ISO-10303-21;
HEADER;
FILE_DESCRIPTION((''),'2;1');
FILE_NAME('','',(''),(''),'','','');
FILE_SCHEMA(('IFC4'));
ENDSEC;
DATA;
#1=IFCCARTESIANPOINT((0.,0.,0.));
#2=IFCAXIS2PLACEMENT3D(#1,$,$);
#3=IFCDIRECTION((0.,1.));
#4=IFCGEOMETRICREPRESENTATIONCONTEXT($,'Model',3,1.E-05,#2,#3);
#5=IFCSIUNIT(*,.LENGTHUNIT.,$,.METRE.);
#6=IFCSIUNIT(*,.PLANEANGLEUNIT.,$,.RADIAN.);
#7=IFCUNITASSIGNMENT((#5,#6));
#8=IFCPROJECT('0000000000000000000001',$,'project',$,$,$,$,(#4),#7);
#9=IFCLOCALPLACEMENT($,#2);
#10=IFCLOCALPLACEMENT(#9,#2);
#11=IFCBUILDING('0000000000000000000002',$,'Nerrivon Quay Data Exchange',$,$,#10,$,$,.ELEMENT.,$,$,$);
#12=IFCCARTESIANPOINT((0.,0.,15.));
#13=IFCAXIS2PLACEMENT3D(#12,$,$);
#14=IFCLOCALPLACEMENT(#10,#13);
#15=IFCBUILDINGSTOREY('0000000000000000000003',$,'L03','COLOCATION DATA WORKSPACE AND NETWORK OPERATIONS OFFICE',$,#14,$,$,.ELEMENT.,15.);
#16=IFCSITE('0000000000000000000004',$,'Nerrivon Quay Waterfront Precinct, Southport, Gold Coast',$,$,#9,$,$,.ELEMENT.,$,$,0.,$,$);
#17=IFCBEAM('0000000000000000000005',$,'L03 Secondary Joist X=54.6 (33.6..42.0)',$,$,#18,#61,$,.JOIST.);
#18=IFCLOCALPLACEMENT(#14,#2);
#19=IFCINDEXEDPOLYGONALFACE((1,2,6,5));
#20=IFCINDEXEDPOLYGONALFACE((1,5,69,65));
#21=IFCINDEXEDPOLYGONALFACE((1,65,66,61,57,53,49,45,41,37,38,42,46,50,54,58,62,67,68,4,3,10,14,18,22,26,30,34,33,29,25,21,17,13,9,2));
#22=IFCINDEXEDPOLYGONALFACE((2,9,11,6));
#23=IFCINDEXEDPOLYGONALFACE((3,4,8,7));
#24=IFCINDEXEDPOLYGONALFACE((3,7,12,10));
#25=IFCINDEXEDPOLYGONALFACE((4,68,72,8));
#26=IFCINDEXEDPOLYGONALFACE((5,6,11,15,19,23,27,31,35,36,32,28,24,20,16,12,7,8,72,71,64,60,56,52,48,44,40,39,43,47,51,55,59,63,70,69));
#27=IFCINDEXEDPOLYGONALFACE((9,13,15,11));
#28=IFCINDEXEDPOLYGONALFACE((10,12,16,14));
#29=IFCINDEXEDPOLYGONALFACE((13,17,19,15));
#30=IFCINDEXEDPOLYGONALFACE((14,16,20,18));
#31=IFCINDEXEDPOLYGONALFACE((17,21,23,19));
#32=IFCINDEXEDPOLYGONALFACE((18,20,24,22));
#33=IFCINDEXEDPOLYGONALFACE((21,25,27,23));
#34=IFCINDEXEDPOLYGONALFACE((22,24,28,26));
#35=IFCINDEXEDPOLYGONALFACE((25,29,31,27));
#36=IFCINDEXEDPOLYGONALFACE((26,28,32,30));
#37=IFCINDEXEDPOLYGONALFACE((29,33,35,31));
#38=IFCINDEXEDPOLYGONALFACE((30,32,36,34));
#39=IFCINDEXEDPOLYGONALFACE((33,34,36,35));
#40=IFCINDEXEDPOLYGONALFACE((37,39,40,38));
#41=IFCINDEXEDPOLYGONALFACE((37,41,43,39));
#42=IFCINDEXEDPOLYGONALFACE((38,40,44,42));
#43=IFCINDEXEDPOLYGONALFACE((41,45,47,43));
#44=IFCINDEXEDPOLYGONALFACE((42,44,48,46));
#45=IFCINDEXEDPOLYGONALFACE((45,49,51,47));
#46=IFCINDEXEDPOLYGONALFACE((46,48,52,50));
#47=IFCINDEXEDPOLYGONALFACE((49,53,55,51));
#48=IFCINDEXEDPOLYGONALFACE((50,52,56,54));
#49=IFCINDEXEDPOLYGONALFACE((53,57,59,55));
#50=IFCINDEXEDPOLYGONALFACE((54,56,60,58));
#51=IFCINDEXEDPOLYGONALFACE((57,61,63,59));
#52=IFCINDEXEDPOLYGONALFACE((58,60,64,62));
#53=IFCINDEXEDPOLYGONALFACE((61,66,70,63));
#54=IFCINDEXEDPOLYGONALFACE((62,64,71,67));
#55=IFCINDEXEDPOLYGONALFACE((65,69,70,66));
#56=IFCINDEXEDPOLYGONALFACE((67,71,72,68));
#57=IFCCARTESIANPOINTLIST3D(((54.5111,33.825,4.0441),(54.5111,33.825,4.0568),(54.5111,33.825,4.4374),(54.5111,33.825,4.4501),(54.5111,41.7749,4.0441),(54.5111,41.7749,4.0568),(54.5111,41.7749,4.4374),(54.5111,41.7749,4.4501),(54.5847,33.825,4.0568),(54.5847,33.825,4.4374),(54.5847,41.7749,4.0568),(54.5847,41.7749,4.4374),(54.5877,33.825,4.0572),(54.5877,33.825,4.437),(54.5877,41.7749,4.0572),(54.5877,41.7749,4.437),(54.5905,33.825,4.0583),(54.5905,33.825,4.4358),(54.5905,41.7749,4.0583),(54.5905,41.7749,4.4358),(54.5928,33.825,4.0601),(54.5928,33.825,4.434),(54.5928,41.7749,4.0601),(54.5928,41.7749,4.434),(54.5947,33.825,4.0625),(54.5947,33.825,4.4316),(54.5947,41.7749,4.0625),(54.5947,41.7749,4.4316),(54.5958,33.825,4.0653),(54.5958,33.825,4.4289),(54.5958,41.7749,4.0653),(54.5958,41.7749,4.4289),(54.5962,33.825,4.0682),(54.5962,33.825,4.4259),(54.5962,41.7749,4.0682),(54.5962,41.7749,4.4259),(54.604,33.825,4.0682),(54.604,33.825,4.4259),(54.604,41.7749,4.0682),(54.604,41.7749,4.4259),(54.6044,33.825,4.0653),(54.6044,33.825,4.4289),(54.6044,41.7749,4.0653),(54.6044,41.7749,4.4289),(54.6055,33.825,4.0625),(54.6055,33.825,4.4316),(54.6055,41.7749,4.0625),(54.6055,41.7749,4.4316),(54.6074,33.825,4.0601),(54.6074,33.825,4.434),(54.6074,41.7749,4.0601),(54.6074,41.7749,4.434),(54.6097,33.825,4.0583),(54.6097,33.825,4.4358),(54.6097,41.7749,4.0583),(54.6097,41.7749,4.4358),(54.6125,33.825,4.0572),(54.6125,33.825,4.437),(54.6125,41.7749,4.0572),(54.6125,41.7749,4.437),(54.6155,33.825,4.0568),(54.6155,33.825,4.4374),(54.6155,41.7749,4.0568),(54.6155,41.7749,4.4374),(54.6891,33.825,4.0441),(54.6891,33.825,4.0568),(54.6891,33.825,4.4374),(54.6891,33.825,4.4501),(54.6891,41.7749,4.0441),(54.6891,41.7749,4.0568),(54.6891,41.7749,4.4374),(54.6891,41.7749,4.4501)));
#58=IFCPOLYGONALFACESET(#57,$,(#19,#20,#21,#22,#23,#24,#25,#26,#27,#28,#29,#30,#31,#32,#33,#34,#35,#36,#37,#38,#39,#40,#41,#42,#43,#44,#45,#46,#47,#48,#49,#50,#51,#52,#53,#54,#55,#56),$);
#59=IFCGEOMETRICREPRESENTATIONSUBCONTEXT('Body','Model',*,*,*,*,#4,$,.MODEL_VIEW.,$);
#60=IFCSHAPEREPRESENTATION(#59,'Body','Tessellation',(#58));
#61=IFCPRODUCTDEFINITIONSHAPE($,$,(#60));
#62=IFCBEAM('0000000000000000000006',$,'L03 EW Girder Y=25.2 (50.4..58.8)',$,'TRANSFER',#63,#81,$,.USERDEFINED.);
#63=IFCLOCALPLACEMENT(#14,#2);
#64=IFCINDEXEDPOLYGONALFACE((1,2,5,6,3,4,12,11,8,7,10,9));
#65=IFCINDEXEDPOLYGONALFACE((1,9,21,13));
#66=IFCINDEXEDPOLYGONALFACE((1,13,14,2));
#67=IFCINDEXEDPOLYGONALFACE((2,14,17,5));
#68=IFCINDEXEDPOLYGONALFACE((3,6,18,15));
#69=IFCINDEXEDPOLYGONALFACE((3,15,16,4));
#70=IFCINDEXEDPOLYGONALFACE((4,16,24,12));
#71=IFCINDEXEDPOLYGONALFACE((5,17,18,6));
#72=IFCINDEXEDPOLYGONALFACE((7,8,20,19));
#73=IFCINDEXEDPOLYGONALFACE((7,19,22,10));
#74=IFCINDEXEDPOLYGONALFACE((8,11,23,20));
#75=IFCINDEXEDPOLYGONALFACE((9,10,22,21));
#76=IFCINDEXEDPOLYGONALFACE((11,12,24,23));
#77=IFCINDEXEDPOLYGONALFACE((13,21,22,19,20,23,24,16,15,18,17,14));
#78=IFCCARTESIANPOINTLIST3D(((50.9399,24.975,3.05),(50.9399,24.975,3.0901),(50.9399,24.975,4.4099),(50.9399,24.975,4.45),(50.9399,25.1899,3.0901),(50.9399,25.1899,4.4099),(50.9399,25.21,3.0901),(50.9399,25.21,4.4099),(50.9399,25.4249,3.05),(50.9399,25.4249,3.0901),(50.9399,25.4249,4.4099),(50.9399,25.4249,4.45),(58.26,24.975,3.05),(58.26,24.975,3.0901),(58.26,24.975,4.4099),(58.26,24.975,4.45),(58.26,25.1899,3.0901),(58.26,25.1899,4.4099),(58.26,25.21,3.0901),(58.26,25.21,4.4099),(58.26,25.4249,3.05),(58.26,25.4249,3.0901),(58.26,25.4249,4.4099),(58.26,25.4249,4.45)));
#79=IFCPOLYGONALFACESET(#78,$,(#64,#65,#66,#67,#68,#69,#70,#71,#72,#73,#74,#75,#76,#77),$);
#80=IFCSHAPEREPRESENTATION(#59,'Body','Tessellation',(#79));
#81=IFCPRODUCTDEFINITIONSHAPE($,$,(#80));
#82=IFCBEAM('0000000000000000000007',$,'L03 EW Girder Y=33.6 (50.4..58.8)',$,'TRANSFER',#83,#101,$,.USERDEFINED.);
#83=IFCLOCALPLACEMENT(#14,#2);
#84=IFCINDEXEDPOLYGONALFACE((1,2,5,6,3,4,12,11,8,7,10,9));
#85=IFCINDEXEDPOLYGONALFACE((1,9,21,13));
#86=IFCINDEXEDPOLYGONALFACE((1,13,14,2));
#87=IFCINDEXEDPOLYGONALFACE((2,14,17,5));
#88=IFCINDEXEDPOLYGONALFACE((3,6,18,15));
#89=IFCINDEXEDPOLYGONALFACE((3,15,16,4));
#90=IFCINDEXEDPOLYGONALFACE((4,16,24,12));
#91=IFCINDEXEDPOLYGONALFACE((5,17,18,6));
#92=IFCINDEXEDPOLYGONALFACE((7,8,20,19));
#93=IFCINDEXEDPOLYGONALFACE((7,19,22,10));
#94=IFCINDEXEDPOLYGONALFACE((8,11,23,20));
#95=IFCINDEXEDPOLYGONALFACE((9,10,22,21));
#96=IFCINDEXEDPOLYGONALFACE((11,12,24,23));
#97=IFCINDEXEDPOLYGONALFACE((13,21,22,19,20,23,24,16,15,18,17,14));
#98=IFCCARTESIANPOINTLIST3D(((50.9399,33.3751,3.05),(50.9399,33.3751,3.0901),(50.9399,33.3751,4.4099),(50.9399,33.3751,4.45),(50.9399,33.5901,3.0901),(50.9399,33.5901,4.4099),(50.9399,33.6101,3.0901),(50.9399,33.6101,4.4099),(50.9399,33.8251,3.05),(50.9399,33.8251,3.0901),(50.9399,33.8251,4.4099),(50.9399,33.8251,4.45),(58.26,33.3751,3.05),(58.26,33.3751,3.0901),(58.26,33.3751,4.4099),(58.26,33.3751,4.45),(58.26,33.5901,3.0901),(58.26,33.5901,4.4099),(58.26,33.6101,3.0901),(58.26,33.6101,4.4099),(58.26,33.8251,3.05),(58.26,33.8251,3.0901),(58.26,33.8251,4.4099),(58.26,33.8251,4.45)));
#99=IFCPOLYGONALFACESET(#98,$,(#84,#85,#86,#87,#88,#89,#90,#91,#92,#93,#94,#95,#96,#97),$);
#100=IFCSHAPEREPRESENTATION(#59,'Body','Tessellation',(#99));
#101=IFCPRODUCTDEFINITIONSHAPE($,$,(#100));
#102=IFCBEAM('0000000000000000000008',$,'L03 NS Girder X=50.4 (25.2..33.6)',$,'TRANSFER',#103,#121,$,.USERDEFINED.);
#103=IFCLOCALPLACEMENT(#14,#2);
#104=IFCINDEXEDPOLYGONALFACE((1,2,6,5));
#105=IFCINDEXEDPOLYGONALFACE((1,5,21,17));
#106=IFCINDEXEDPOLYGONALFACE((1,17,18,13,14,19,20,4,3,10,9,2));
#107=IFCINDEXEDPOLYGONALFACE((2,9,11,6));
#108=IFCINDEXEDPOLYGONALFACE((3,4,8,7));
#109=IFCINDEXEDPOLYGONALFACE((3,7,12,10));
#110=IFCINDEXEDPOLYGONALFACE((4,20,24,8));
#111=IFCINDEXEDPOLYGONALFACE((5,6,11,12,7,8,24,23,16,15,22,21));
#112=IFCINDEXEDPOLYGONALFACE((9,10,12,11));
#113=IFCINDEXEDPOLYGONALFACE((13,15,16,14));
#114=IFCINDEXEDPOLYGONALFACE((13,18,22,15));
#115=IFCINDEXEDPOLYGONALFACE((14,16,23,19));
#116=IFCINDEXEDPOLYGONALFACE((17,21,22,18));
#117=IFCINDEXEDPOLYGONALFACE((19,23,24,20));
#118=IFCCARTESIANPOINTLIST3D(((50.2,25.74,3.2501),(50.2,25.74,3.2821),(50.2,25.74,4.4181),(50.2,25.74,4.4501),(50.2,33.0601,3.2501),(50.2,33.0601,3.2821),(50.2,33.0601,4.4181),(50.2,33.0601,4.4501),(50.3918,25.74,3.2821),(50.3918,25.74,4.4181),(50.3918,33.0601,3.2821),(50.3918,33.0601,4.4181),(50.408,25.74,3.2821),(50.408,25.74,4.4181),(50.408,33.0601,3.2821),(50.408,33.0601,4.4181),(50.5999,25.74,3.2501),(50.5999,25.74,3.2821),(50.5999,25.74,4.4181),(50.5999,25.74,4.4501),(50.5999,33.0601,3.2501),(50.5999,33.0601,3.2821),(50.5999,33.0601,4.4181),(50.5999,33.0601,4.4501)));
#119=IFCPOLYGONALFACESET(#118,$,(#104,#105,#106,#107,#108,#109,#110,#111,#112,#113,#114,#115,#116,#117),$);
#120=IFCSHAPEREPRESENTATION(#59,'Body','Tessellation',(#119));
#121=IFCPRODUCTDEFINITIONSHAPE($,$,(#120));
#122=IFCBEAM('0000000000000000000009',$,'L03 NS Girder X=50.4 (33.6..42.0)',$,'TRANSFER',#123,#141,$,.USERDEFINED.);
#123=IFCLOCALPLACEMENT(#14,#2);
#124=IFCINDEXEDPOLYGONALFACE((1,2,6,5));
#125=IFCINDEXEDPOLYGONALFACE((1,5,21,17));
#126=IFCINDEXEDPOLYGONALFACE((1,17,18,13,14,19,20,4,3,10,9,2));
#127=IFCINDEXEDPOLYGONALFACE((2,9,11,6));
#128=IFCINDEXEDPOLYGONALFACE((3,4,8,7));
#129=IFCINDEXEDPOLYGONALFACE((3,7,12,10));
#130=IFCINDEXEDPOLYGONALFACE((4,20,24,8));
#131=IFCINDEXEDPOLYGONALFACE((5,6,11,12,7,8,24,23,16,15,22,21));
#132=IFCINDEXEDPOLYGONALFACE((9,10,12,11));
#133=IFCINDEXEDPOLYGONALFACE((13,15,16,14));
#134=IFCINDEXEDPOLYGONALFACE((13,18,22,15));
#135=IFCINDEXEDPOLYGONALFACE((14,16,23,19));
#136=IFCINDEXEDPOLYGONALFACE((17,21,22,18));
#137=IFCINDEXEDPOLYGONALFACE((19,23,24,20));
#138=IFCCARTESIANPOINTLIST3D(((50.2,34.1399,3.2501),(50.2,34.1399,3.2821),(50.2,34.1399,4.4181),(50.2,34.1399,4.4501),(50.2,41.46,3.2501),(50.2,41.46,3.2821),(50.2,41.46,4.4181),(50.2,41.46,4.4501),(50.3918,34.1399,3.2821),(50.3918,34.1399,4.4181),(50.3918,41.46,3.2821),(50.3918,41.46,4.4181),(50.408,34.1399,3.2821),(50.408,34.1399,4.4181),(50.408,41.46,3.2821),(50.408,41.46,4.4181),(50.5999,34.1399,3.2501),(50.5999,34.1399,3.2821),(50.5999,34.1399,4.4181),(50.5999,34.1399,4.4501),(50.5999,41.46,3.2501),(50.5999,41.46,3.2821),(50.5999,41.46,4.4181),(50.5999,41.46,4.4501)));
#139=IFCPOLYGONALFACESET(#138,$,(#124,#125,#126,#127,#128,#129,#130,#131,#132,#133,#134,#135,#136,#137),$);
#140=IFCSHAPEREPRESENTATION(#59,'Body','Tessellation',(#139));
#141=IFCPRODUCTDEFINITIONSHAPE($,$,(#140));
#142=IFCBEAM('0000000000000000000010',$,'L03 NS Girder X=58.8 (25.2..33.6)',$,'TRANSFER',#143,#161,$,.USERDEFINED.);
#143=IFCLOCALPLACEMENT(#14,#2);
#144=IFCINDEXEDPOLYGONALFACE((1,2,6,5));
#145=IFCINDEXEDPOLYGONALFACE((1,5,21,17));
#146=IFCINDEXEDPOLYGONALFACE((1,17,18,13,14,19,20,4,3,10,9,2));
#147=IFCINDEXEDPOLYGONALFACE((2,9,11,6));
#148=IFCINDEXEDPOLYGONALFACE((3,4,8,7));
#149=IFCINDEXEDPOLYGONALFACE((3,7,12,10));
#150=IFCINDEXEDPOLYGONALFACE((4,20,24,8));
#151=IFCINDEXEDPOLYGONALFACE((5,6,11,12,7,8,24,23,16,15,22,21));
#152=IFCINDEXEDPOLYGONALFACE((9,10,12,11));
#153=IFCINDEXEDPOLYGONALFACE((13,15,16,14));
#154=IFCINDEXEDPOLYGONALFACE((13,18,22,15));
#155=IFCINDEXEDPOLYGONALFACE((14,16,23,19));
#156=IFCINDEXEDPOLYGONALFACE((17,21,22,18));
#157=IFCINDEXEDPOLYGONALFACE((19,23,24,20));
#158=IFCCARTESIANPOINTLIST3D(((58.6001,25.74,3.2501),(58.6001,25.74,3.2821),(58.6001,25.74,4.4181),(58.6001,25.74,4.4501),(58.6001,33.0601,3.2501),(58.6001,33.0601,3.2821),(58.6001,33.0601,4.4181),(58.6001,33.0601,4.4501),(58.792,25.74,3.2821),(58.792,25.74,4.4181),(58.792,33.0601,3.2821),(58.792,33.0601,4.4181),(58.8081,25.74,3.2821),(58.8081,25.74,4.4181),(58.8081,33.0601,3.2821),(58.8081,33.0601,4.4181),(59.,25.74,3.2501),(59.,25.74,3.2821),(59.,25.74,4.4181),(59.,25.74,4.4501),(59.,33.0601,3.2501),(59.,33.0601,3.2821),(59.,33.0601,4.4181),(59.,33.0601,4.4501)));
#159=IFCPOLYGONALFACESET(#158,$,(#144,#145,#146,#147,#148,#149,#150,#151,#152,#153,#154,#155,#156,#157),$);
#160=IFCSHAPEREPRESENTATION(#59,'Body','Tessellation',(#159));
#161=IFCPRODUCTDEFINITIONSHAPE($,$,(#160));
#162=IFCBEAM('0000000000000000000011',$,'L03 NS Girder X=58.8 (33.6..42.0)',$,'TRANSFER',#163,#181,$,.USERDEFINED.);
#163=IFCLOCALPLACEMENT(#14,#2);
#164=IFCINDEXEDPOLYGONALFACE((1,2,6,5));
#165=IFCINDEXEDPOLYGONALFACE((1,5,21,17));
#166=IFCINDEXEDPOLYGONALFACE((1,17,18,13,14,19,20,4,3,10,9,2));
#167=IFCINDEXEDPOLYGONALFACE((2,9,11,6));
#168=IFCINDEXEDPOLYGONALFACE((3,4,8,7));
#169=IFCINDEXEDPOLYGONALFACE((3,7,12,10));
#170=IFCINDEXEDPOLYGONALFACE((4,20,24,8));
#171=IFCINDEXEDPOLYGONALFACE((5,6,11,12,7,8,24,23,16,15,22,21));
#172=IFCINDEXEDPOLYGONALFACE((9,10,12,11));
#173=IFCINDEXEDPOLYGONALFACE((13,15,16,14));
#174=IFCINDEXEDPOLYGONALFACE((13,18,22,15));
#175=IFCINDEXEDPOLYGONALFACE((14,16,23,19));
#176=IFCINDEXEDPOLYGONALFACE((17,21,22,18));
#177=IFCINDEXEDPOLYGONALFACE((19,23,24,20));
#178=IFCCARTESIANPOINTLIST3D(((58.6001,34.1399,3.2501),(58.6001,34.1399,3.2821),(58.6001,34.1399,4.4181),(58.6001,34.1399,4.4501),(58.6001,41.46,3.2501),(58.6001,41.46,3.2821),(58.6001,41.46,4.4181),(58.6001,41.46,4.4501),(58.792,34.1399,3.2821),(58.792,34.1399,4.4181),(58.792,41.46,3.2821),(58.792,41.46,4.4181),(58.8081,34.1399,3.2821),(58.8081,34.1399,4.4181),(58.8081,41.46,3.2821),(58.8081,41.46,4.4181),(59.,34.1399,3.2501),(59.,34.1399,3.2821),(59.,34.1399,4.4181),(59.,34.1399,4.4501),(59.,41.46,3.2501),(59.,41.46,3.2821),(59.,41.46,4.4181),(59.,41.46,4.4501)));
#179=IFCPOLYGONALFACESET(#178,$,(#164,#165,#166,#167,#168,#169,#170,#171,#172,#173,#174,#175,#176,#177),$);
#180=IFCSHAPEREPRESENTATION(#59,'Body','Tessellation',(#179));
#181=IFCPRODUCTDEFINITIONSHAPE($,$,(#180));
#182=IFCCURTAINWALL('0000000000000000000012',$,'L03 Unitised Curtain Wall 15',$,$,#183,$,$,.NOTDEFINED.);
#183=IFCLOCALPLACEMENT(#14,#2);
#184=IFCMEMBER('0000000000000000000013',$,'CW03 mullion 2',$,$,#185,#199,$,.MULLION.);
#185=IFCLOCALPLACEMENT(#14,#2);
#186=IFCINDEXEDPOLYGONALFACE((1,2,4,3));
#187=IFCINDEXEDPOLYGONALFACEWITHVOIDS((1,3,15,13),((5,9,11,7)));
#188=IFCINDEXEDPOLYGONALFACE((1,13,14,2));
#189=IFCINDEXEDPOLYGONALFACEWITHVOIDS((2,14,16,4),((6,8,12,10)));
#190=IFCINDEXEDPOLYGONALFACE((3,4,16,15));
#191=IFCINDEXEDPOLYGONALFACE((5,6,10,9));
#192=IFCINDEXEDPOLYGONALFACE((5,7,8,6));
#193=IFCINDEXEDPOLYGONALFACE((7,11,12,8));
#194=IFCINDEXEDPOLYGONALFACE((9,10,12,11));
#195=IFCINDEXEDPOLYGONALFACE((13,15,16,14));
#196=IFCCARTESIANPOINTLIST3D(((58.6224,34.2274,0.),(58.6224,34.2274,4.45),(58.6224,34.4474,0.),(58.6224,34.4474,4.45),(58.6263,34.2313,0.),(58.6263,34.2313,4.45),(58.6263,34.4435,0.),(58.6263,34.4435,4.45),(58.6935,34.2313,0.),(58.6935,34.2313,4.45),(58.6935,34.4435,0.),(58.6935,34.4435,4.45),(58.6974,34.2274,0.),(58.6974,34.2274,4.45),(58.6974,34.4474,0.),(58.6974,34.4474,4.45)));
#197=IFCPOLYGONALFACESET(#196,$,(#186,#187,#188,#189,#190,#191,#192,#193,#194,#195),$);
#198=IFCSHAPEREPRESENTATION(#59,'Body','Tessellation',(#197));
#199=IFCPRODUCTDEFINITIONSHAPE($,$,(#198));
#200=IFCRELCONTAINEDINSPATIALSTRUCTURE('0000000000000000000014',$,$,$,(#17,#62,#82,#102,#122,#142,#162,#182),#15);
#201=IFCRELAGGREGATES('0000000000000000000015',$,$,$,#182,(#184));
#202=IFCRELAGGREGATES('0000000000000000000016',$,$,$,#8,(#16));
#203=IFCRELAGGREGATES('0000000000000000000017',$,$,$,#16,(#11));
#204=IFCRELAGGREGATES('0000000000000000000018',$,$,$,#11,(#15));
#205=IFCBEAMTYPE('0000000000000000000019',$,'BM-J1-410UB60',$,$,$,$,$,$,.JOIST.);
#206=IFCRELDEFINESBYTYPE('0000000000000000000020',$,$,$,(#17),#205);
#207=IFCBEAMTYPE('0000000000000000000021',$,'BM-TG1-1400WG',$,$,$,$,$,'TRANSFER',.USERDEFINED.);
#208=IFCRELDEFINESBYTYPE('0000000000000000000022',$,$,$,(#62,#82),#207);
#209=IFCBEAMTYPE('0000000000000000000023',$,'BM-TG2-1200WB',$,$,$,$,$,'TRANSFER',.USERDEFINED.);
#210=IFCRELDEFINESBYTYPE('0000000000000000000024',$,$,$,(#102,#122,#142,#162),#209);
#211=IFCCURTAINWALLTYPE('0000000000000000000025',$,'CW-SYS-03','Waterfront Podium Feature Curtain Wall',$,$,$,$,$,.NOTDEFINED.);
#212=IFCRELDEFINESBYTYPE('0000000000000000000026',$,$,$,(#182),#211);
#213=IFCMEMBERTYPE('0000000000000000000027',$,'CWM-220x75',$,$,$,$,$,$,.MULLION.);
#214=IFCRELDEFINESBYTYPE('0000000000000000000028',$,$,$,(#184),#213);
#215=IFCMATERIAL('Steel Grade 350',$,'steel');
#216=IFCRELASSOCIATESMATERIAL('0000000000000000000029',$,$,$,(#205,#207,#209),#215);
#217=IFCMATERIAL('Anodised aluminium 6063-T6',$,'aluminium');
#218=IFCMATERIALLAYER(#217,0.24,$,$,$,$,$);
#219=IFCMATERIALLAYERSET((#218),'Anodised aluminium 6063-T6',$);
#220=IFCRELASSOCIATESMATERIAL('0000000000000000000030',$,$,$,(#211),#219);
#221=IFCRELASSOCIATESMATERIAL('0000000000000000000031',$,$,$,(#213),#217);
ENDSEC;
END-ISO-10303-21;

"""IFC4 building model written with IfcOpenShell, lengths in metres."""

from ifc_helpers import new_model, si_unit, direction, frame, origin, origin_2d, place, context, subcontext, project, spatial, hollow_rectangle, i_section, extrude, material, layer, layer_set, material_profile, profile_set, type_object, element, aggregate, save


model = new_model("IFC4")

# Units and contexts
model_context = context("Model", 3, precision=1e-05, world=origin(), true_north=direction((0.0, 1.0)))
body_context = subcontext(model_context, "Body", "Model", "MODEL_VIEW")
ifc_project = project(units=[si_unit("LENGTHUNIT", "METRE"), si_unit("PLANEANGLEUNIT", "RADIAN")], contexts=[model_context])

# Site, building, storey
site_placement = place(None, origin())
site = spatial("IfcSite", under=ifc_project, at=site_placement, Name="Nerrivon Quay Waterfront Precinct, Southport, Gold Coast", CompositionType="ELEMENT", RefElevation=0.0)
building_placement = place(site_placement, origin())
building = spatial("IfcBuilding", under=site, at=building_placement, Name="Nerrivon Quay Data Exchange", CompositionType="ELEMENT")
storey_placement = place(building_placement, frame((0.0, 0.0, 15.0)))
storey = spatial("IfcBuildingStorey", under=building, at=storey_placement, Name="L03", Description="COLOCATION DATA WORKSPACE AND NETWORK OPERATIONS OFFICE", CompositionType="ELEMENT", Elevation=15.0)

# Beams
ifc_material_1 = material(Name="Steel Grade 350", Category="steel")
ifc_material_profile_1 = material_profile(ifc_material_1, i_section(OverallWidth=0.178, OverallDepth=0.406, WebThickness=0.0078, FlangeThickness=0.0127, FilletRadius=0.0115, at=origin_2d()), Name="410UB59.7")
ifc_profile_set_1 = profile_set([ifc_material_profile_1], Name="Steel Grade 350")
beam_type_1 = type_object("IfcBeamType", Name="BM-J1-410UB60", PredefinedType="JOIST", material=ifc_profile_set_1)
for number, where, z_axis, x_axis, name in (
    (1, (54.6001, 33.825, 4.2471), (0.0, 1.0, 0.0), (-1.0, 0.0, 0.0), "L03 Secondary Joist X=54.6 (33.6..42.0)"),
):
    element("IfcBeam", number, at=place(storey_placement, frame(where, z_axis=z_axis, x_axis=x_axis)), inside=storey, type_object=beam_type_1, Name=name, PredefinedType="JOIST", context=body_context, shape_type="SweptSolid", body=[
        extrude(i_section(OverallWidth=0.178, OverallDepth=0.406, WebThickness=0.0078, FlangeThickness=0.0127, FilletRadius=0.0115, at=origin_2d()), origin(), (0.0, 0.0, 1.0), 7.95),
    ])
ifc_material_profile_2 = material_profile(ifc_material_1, i_section(OverallWidth=0.45, OverallDepth=1.3999, WebThickness=0.02, FlangeThickness=0.04, at=origin_2d()), Name="1400WG455")
ifc_profile_set_2 = profile_set([ifc_material_profile_2], Name="Steel Grade 350")
beam_type_2 = type_object("IfcBeamType", Name="BM-TG1-1400WG", ElementType="TRANSFER", PredefinedType="USERDEFINED", material=ifc_profile_set_2)
for number, where, z_axis, x_axis, name in (
    (2, (50.9399, 25.2, 3.75), (1.0, 0.0, 0.0), (0.0, 1.0, 0.0), "L03 EW Girder Y=25.2 (50.4..58.8)"),
    (3, (50.9399, 33.6001, 3.75), (1.0, 0.0, 0.0), (0.0, 1.0, 0.0), "L03 EW Girder Y=33.6 (50.4..58.8)"),
):
    element("IfcBeam", number, at=place(storey_placement, frame(where, z_axis=z_axis, x_axis=x_axis)), inside=storey, type_object=beam_type_2, Name=name, ObjectType="TRANSFER", PredefinedType="USERDEFINED", context=body_context, shape_type="SweptSolid", body=[
        extrude(i_section(OverallWidth=0.45, OverallDepth=1.3999, WebThickness=0.02, FlangeThickness=0.04, at=origin_2d()), origin(), (0.0, 0.0, 1.0), 7.3201),
    ])
ifc_material_profile_3 = material_profile(ifc_material_1, i_section(OverallWidth=0.3999, OverallDepth=1.2, WebThickness=0.0161, FlangeThickness=0.032, at=origin_2d()), Name="1200WB342")
ifc_profile_set_3 = profile_set([ifc_material_profile_3], Name="Steel Grade 350")
beam_type_3 = type_object("IfcBeamType", Name="BM-TG2-1200WB", ElementType="TRANSFER", PredefinedType="USERDEFINED", material=ifc_profile_set_3)
for number, where, z_axis, x_axis, name in (
    (4, (50.3999, 25.74, 3.8501), (0.0, 1.0, 0.0), (-1.0, 0.0, 0.0), "L03 NS Girder X=50.4 (25.2..33.6)"),
    (5, (50.3999, 34.1399, 3.8501), (0.0, 1.0, 0.0), (-1.0, 0.0, 0.0), "L03 NS Girder X=50.4 (33.6..42.0)"),
    (6, (58.8, 25.74, 3.8501), (0.0, 1.0, 0.0), (-1.0, 0.0, 0.0), "L03 NS Girder X=58.8 (25.2..33.6)"),
    (7, (58.8, 34.1399, 3.8501), (0.0, 1.0, 0.0), (-1.0, 0.0, 0.0), "L03 NS Girder X=58.8 (33.6..42.0)"),
):
    element("IfcBeam", number, at=place(storey_placement, frame(where, z_axis=z_axis, x_axis=x_axis)), inside=storey, type_object=beam_type_3, Name=name, ObjectType="TRANSFER", PredefinedType="USERDEFINED", context=body_context, shape_type="SweptSolid", body=[
        extrude(i_section(OverallWidth=0.3999, OverallDepth=1.2, WebThickness=0.0161, FlangeThickness=0.032, at=origin_2d()), origin(), (0.0, 0.0, 1.0), 7.3201),
    ])

# Curtain wall, member
ifc_material_2 = material(Name="Anodised aluminium 6063-T6", Category="aluminium")
ifc_layer_1 = layer(ifc_material_2, 0.24)
ifc_layer_set_1 = layer_set([ifc_layer_1], Name="Anodised aluminium 6063-T6")
curtain_wall_type = type_object("IfcCurtainWallType", Name="CW-SYS-03", Description="Waterfront Podium Feature Curtain Wall", PredefinedType="NOTDEFINED", material=ifc_layer_set_1)
curtain_wall_1_placement = place(storey_placement, origin())
curtain_wall_1 = element("IfcCurtainWall", 8, at=curtain_wall_1_placement, inside=storey, type_object=curtain_wall_type, Name="L03 Unitised Curtain Wall 15", PredefinedType="NOTDEFINED")
ifc_material_profile_4 = material_profile(ifc_material_2, hollow_rectangle(XDim=0.075, YDim=0.22, WallThickness=0.0039, at=origin_2d()), Name="ALU-MULL-220x75")
ifc_profile_set_4 = profile_set([ifc_material_profile_4], Name="Anodised aluminium 6063-T6")
member_type_1 = type_object("IfcMemberType", Name="CWM-220x75", PredefinedType="MULLION", material=ifc_profile_set_4)
member_1_placement = place(storey_placement, frame((58.6599, 34.3374, 0.0), z_axis=(0.0, 0.0, 1.0), x_axis=(1.0, 0.0, 0.0)))
member_1 = element("IfcMember", 9, at=member_1_placement, type_object=member_type_1, Name="CW03 mullion 2", PredefinedType="MULLION", context=body_context, shape_type="SweptSolid", body=[
    extrude(hollow_rectangle(XDim=0.075, YDim=0.22, WallThickness=0.0039, at=origin_2d()), origin(), (0.0, 0.0, 1.0), 4.45),
])

aggregate(curtain_wall_1, [member_1])

save(model, "model.ifc")
